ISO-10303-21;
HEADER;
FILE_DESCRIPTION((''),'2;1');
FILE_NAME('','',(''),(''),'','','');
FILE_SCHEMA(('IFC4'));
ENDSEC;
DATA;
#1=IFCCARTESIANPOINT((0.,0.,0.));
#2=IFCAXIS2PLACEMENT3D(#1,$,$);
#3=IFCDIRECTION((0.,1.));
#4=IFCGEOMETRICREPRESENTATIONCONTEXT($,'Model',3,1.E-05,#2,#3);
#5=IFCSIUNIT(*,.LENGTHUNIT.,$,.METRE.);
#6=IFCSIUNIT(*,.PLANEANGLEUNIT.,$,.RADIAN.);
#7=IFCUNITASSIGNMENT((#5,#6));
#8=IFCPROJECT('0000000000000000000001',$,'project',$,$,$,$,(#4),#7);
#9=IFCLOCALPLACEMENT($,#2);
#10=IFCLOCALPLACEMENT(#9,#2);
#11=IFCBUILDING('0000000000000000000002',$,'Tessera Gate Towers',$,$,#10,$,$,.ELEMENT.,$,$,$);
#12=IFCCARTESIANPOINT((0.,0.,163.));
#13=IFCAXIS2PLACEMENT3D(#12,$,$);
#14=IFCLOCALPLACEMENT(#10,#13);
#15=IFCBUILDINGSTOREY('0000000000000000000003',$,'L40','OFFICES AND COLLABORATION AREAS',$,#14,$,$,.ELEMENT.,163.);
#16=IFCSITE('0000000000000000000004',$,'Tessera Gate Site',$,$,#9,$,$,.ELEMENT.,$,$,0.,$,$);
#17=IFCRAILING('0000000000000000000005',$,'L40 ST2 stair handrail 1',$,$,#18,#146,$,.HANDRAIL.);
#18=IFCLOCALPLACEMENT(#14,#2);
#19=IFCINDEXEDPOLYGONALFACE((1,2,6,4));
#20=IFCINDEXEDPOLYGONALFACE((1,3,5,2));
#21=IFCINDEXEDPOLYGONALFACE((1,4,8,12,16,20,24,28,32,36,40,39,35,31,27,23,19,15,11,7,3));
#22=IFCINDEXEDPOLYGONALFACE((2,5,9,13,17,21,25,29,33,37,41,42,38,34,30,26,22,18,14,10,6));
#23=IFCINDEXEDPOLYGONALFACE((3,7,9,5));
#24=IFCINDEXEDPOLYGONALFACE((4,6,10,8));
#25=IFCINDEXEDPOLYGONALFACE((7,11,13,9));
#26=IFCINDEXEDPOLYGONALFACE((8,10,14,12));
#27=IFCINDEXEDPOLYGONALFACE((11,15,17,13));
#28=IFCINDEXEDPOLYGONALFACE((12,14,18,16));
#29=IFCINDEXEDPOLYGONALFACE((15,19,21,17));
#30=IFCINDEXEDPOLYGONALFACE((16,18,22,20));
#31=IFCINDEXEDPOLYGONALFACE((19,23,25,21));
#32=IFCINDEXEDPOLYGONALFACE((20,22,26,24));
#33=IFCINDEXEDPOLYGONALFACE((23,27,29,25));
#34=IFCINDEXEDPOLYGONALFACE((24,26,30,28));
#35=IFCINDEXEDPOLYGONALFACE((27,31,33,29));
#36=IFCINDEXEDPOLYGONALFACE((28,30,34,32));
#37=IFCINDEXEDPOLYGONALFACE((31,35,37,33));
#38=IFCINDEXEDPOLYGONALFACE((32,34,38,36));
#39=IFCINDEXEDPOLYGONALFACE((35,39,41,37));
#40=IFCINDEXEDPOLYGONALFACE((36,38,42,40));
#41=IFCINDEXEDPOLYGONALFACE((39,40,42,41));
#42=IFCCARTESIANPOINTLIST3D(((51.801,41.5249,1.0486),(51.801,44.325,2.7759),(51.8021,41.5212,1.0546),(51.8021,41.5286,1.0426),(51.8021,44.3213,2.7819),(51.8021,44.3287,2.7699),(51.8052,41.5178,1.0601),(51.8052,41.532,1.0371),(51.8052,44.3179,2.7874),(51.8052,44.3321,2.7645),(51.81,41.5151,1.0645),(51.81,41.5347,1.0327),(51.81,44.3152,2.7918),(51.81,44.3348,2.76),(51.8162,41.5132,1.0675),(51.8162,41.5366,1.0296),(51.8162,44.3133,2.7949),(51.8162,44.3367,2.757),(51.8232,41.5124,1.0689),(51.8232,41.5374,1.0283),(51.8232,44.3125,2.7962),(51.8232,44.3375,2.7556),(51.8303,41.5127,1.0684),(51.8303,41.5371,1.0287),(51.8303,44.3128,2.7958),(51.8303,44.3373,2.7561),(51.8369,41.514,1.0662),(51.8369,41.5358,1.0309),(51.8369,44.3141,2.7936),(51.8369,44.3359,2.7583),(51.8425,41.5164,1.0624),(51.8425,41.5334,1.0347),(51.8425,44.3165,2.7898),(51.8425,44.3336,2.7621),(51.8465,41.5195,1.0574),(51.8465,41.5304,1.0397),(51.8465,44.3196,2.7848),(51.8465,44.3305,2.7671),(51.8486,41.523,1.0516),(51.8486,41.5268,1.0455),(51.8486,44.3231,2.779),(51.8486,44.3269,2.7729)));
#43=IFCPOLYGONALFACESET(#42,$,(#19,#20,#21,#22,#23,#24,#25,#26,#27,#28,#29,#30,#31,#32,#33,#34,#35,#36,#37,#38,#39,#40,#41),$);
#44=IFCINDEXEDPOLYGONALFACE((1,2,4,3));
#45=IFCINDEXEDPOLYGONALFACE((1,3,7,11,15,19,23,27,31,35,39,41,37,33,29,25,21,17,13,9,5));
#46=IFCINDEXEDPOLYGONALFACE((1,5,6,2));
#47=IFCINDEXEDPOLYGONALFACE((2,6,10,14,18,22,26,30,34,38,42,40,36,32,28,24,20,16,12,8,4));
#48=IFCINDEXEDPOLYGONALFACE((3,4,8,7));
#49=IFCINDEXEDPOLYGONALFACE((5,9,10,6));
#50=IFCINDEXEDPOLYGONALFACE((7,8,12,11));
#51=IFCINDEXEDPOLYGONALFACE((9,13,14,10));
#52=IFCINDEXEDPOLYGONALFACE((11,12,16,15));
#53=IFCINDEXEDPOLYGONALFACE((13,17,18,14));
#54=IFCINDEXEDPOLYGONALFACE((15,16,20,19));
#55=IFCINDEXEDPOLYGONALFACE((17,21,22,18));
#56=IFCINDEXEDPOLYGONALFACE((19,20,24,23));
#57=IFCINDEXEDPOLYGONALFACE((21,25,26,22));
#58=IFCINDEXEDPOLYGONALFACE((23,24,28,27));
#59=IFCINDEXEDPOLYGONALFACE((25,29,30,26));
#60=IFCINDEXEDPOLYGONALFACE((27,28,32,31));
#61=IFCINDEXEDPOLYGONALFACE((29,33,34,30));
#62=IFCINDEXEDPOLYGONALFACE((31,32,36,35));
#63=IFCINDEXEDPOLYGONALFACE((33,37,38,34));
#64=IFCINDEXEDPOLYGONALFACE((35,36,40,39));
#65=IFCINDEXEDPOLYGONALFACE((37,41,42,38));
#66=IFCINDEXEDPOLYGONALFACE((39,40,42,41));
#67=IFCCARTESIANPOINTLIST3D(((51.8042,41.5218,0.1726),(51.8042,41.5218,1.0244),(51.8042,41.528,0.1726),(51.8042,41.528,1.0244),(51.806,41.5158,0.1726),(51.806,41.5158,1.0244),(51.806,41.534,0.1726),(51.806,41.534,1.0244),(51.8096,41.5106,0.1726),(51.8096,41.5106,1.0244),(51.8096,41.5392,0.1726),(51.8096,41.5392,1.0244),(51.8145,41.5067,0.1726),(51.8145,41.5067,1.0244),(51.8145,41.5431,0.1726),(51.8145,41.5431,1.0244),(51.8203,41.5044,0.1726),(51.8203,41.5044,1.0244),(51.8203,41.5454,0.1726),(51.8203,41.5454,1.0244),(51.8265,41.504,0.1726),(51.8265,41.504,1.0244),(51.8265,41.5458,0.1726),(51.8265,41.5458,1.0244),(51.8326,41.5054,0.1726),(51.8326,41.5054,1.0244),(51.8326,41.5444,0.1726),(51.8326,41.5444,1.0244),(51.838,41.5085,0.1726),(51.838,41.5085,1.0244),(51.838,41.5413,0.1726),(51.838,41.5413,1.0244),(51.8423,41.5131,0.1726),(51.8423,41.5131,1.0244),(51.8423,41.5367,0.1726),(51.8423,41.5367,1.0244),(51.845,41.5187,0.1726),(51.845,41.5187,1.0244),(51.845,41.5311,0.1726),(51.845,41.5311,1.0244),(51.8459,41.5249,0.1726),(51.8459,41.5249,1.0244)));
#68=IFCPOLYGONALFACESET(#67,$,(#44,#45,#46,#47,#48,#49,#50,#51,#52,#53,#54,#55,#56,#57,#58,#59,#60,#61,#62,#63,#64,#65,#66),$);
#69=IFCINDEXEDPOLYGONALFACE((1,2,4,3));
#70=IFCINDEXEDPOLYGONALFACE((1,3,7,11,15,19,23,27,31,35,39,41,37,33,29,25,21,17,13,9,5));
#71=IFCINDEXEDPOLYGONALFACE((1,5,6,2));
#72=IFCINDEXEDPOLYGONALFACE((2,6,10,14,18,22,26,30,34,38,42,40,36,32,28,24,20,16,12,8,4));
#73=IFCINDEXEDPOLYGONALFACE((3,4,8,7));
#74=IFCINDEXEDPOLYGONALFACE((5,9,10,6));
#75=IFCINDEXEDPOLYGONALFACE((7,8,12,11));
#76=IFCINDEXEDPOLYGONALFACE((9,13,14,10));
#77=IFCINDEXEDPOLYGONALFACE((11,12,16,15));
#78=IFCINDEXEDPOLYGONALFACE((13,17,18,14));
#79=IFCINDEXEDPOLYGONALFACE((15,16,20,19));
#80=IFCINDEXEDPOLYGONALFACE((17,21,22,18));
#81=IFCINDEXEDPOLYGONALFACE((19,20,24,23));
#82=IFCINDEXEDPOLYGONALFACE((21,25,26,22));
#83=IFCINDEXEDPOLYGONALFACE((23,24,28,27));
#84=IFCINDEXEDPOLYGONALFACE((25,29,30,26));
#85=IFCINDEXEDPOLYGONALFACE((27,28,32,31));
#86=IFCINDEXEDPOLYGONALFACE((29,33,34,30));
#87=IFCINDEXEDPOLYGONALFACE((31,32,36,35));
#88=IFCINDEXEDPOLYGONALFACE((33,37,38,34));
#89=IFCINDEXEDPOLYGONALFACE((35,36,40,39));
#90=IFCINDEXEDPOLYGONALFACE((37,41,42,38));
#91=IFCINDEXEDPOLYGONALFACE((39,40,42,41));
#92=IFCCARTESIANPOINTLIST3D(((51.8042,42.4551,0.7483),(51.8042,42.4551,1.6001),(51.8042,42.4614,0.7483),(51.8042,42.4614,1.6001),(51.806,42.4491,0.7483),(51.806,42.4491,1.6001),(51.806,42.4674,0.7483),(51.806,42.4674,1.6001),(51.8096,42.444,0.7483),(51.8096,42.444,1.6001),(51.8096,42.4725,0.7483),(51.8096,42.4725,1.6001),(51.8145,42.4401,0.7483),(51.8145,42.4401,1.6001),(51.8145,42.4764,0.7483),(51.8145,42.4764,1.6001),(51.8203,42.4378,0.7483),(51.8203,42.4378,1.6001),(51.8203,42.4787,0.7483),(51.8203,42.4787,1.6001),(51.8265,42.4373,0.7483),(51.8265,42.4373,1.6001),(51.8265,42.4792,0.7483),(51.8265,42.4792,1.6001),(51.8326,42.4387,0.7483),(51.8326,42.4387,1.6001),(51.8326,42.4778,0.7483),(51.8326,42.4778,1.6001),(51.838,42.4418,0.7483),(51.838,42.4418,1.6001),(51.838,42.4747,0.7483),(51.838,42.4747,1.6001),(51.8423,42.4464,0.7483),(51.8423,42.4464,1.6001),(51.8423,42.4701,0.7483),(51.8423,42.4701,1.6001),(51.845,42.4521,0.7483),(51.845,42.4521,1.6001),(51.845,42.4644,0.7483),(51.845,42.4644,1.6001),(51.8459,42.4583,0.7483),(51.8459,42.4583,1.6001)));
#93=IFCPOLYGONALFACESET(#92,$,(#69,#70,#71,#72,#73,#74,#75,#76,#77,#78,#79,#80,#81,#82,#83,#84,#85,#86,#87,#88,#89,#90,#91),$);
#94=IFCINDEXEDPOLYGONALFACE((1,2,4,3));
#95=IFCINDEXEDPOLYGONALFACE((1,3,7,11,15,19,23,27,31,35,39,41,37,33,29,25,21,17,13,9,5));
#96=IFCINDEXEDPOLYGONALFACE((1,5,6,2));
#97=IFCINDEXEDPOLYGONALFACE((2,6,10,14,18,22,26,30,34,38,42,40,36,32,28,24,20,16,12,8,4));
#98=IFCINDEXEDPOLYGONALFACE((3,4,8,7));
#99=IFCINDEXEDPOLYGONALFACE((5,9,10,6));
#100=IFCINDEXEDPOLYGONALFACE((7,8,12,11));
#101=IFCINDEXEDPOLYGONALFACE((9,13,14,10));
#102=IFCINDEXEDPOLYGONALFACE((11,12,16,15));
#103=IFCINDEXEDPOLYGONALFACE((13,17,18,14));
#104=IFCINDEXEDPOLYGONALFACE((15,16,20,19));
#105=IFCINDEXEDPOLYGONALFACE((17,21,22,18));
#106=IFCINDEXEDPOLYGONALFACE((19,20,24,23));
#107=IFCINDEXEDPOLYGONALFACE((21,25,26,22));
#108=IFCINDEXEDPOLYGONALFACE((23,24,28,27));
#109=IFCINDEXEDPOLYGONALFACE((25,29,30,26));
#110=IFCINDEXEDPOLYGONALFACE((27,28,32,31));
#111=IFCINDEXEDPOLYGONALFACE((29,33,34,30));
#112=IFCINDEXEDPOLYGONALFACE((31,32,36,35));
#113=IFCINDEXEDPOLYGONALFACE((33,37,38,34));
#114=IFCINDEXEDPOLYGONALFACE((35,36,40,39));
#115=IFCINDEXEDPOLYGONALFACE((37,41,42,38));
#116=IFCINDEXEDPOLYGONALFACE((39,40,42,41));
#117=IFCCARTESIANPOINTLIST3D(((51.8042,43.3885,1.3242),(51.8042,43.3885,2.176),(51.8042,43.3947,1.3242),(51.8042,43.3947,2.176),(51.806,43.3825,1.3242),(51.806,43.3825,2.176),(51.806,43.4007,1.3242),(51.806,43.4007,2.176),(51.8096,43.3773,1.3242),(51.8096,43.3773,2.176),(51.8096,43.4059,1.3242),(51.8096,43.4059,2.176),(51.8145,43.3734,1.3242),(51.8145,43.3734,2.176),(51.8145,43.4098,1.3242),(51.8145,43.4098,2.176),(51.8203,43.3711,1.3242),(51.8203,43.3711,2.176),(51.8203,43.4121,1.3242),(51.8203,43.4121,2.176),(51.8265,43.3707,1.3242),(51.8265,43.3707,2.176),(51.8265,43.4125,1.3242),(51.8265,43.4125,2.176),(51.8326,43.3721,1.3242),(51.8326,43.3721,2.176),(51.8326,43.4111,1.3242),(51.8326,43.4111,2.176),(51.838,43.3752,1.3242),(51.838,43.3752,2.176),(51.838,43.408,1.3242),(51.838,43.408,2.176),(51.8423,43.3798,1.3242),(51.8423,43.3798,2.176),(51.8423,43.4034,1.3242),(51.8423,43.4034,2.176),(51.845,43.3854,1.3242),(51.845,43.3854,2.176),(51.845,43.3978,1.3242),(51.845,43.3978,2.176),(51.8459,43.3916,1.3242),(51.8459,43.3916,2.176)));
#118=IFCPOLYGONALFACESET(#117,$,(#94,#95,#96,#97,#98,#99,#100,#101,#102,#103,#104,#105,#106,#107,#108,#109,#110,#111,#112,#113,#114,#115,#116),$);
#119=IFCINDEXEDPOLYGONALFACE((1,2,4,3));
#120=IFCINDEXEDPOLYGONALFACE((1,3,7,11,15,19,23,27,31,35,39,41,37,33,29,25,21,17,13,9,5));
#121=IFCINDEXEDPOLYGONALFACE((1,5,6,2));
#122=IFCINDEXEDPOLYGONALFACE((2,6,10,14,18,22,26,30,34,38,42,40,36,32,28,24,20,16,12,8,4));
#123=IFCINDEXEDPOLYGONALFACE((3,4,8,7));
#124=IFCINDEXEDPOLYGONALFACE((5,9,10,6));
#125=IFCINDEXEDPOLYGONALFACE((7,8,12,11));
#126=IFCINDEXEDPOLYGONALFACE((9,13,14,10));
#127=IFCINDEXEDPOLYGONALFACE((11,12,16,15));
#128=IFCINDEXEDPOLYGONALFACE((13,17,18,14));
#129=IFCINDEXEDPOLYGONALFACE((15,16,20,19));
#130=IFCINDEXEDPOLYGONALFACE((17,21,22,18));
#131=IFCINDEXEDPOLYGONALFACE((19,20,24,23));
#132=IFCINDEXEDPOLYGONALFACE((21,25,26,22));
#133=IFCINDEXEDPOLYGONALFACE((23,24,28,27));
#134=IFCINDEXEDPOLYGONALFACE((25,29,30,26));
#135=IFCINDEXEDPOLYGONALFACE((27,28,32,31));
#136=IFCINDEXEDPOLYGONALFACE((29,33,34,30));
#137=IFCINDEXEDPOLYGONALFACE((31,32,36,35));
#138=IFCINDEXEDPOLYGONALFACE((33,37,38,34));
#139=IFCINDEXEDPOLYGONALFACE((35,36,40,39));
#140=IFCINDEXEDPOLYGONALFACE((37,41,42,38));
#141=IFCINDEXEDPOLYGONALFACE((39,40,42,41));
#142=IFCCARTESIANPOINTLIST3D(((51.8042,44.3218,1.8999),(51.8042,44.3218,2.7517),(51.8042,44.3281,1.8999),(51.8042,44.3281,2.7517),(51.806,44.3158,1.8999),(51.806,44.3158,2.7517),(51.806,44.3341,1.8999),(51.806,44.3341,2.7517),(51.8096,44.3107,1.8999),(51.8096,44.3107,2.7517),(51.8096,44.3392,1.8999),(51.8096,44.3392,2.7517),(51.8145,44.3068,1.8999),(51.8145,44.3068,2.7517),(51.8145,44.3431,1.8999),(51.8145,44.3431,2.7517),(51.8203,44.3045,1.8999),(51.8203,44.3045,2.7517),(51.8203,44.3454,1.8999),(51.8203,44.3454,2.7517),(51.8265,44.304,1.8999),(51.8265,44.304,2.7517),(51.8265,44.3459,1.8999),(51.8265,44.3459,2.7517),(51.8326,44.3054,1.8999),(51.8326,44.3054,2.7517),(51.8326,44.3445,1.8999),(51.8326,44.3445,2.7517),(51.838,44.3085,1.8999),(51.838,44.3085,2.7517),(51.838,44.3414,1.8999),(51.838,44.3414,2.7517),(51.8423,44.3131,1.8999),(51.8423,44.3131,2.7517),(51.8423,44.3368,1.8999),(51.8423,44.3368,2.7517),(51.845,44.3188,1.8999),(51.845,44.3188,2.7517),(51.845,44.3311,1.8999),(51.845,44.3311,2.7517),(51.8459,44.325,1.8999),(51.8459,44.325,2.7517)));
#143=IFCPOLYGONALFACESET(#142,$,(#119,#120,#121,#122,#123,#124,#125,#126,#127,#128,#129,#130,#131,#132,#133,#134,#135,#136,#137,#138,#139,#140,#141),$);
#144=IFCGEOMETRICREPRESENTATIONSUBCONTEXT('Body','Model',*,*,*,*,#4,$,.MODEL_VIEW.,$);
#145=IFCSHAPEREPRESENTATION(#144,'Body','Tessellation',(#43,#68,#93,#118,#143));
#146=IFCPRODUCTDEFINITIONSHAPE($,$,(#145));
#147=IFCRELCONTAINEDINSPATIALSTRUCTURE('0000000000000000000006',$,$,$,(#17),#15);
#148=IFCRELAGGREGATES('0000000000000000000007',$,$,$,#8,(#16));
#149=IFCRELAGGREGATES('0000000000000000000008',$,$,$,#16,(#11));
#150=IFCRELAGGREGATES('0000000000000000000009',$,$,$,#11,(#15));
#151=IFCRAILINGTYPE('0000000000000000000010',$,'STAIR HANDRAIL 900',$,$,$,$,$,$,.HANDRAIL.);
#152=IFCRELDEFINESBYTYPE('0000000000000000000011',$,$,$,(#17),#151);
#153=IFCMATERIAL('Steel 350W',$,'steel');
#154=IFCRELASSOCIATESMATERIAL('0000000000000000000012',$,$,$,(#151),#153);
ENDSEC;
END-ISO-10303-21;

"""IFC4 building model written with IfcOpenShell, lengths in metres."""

from ifc_helpers import new_model, si_unit, direction, frame, origin, origin_2d, place, context, subcontext, project, spatial, circle, extrude, material, type_object, element, save


model = new_model("IFC4")

# Units and contexts
model_context = context("Model", 3, precision=1e-05, world=origin(), true_north=direction((0.0, 1.0)))
body_context = subcontext(model_context, "Body", "Model", "MODEL_VIEW")
ifc_project = project(units=[si_unit("LENGTHUNIT", "METRE"), si_unit("PLANEANGLEUNIT", "RADIAN")], contexts=[model_context])

# Site, building, storey
site_placement = place(None, origin())
site = spatial("IfcSite", under=ifc_project, at=site_placement, Name="Tessera Gate Site", CompositionType="ELEMENT", RefElevation=0.0)
building_placement = place(site_placement, origin())
building = spatial("IfcBuilding", under=site, at=building_placement, Name="Tessera Gate Towers", CompositionType="ELEMENT")
storey_placement = place(building_placement, frame((0.0, 0.0, 163.0)))
storey = spatial("IfcBuildingStorey", under=building, at=storey_placement, Name="L40", Description="OFFICES AND COLLABORATION AREAS", CompositionType="ELEMENT", Elevation=163.0)

# Railing
ifc_material_1 = material(Name="Steel 350W", Category="steel")
railing_type_1 = type_object("IfcRailingType", Name="STAIR HANDRAIL 900", PredefinedType="HANDRAIL", material=ifc_material_1)
railing_1_placement = place(storey_placement, frame((51.825, 41.5249, 0.1726)))
element("IfcRailing", 1, at=railing_1_placement, inside=storey, type_object=railing_type_1, Name="L40 ST2 stair handrail 1", PredefinedType="HANDRAIL", context=body_context, shape_type="SweptSolid", body=[
    extrude(circle(Radius=0.0239, at=origin_2d()), frame((0.0, 0.0, 0.876), z_axis=(0.0, 0.85109, 0.52502), x_axis=(-1.0, 0.0, 0.0)), (0.0, 0.0, 1.0), 3.29),
    extrude(circle(Radius=0.021, at=origin_2d()), origin(), (0.0, 0.0, 1.0), 0.8518),
    extrude(circle(Radius=0.021, at=origin_2d()), frame((0.0, 0.9333, 0.5757)), (0.0, 0.0, 1.0), 0.8518),
    extrude(circle(Radius=0.021, at=origin_2d()), frame((0.0, 1.8667, 1.1516)), (0.0, 0.0, 1.0), 0.8518),
    extrude(circle(Radius=0.021, at=origin_2d()), frame((0.0, 2.8, 1.7273)), (0.0, 0.0, 1.0), 0.8518),
])

save(model, "model.ifc")
